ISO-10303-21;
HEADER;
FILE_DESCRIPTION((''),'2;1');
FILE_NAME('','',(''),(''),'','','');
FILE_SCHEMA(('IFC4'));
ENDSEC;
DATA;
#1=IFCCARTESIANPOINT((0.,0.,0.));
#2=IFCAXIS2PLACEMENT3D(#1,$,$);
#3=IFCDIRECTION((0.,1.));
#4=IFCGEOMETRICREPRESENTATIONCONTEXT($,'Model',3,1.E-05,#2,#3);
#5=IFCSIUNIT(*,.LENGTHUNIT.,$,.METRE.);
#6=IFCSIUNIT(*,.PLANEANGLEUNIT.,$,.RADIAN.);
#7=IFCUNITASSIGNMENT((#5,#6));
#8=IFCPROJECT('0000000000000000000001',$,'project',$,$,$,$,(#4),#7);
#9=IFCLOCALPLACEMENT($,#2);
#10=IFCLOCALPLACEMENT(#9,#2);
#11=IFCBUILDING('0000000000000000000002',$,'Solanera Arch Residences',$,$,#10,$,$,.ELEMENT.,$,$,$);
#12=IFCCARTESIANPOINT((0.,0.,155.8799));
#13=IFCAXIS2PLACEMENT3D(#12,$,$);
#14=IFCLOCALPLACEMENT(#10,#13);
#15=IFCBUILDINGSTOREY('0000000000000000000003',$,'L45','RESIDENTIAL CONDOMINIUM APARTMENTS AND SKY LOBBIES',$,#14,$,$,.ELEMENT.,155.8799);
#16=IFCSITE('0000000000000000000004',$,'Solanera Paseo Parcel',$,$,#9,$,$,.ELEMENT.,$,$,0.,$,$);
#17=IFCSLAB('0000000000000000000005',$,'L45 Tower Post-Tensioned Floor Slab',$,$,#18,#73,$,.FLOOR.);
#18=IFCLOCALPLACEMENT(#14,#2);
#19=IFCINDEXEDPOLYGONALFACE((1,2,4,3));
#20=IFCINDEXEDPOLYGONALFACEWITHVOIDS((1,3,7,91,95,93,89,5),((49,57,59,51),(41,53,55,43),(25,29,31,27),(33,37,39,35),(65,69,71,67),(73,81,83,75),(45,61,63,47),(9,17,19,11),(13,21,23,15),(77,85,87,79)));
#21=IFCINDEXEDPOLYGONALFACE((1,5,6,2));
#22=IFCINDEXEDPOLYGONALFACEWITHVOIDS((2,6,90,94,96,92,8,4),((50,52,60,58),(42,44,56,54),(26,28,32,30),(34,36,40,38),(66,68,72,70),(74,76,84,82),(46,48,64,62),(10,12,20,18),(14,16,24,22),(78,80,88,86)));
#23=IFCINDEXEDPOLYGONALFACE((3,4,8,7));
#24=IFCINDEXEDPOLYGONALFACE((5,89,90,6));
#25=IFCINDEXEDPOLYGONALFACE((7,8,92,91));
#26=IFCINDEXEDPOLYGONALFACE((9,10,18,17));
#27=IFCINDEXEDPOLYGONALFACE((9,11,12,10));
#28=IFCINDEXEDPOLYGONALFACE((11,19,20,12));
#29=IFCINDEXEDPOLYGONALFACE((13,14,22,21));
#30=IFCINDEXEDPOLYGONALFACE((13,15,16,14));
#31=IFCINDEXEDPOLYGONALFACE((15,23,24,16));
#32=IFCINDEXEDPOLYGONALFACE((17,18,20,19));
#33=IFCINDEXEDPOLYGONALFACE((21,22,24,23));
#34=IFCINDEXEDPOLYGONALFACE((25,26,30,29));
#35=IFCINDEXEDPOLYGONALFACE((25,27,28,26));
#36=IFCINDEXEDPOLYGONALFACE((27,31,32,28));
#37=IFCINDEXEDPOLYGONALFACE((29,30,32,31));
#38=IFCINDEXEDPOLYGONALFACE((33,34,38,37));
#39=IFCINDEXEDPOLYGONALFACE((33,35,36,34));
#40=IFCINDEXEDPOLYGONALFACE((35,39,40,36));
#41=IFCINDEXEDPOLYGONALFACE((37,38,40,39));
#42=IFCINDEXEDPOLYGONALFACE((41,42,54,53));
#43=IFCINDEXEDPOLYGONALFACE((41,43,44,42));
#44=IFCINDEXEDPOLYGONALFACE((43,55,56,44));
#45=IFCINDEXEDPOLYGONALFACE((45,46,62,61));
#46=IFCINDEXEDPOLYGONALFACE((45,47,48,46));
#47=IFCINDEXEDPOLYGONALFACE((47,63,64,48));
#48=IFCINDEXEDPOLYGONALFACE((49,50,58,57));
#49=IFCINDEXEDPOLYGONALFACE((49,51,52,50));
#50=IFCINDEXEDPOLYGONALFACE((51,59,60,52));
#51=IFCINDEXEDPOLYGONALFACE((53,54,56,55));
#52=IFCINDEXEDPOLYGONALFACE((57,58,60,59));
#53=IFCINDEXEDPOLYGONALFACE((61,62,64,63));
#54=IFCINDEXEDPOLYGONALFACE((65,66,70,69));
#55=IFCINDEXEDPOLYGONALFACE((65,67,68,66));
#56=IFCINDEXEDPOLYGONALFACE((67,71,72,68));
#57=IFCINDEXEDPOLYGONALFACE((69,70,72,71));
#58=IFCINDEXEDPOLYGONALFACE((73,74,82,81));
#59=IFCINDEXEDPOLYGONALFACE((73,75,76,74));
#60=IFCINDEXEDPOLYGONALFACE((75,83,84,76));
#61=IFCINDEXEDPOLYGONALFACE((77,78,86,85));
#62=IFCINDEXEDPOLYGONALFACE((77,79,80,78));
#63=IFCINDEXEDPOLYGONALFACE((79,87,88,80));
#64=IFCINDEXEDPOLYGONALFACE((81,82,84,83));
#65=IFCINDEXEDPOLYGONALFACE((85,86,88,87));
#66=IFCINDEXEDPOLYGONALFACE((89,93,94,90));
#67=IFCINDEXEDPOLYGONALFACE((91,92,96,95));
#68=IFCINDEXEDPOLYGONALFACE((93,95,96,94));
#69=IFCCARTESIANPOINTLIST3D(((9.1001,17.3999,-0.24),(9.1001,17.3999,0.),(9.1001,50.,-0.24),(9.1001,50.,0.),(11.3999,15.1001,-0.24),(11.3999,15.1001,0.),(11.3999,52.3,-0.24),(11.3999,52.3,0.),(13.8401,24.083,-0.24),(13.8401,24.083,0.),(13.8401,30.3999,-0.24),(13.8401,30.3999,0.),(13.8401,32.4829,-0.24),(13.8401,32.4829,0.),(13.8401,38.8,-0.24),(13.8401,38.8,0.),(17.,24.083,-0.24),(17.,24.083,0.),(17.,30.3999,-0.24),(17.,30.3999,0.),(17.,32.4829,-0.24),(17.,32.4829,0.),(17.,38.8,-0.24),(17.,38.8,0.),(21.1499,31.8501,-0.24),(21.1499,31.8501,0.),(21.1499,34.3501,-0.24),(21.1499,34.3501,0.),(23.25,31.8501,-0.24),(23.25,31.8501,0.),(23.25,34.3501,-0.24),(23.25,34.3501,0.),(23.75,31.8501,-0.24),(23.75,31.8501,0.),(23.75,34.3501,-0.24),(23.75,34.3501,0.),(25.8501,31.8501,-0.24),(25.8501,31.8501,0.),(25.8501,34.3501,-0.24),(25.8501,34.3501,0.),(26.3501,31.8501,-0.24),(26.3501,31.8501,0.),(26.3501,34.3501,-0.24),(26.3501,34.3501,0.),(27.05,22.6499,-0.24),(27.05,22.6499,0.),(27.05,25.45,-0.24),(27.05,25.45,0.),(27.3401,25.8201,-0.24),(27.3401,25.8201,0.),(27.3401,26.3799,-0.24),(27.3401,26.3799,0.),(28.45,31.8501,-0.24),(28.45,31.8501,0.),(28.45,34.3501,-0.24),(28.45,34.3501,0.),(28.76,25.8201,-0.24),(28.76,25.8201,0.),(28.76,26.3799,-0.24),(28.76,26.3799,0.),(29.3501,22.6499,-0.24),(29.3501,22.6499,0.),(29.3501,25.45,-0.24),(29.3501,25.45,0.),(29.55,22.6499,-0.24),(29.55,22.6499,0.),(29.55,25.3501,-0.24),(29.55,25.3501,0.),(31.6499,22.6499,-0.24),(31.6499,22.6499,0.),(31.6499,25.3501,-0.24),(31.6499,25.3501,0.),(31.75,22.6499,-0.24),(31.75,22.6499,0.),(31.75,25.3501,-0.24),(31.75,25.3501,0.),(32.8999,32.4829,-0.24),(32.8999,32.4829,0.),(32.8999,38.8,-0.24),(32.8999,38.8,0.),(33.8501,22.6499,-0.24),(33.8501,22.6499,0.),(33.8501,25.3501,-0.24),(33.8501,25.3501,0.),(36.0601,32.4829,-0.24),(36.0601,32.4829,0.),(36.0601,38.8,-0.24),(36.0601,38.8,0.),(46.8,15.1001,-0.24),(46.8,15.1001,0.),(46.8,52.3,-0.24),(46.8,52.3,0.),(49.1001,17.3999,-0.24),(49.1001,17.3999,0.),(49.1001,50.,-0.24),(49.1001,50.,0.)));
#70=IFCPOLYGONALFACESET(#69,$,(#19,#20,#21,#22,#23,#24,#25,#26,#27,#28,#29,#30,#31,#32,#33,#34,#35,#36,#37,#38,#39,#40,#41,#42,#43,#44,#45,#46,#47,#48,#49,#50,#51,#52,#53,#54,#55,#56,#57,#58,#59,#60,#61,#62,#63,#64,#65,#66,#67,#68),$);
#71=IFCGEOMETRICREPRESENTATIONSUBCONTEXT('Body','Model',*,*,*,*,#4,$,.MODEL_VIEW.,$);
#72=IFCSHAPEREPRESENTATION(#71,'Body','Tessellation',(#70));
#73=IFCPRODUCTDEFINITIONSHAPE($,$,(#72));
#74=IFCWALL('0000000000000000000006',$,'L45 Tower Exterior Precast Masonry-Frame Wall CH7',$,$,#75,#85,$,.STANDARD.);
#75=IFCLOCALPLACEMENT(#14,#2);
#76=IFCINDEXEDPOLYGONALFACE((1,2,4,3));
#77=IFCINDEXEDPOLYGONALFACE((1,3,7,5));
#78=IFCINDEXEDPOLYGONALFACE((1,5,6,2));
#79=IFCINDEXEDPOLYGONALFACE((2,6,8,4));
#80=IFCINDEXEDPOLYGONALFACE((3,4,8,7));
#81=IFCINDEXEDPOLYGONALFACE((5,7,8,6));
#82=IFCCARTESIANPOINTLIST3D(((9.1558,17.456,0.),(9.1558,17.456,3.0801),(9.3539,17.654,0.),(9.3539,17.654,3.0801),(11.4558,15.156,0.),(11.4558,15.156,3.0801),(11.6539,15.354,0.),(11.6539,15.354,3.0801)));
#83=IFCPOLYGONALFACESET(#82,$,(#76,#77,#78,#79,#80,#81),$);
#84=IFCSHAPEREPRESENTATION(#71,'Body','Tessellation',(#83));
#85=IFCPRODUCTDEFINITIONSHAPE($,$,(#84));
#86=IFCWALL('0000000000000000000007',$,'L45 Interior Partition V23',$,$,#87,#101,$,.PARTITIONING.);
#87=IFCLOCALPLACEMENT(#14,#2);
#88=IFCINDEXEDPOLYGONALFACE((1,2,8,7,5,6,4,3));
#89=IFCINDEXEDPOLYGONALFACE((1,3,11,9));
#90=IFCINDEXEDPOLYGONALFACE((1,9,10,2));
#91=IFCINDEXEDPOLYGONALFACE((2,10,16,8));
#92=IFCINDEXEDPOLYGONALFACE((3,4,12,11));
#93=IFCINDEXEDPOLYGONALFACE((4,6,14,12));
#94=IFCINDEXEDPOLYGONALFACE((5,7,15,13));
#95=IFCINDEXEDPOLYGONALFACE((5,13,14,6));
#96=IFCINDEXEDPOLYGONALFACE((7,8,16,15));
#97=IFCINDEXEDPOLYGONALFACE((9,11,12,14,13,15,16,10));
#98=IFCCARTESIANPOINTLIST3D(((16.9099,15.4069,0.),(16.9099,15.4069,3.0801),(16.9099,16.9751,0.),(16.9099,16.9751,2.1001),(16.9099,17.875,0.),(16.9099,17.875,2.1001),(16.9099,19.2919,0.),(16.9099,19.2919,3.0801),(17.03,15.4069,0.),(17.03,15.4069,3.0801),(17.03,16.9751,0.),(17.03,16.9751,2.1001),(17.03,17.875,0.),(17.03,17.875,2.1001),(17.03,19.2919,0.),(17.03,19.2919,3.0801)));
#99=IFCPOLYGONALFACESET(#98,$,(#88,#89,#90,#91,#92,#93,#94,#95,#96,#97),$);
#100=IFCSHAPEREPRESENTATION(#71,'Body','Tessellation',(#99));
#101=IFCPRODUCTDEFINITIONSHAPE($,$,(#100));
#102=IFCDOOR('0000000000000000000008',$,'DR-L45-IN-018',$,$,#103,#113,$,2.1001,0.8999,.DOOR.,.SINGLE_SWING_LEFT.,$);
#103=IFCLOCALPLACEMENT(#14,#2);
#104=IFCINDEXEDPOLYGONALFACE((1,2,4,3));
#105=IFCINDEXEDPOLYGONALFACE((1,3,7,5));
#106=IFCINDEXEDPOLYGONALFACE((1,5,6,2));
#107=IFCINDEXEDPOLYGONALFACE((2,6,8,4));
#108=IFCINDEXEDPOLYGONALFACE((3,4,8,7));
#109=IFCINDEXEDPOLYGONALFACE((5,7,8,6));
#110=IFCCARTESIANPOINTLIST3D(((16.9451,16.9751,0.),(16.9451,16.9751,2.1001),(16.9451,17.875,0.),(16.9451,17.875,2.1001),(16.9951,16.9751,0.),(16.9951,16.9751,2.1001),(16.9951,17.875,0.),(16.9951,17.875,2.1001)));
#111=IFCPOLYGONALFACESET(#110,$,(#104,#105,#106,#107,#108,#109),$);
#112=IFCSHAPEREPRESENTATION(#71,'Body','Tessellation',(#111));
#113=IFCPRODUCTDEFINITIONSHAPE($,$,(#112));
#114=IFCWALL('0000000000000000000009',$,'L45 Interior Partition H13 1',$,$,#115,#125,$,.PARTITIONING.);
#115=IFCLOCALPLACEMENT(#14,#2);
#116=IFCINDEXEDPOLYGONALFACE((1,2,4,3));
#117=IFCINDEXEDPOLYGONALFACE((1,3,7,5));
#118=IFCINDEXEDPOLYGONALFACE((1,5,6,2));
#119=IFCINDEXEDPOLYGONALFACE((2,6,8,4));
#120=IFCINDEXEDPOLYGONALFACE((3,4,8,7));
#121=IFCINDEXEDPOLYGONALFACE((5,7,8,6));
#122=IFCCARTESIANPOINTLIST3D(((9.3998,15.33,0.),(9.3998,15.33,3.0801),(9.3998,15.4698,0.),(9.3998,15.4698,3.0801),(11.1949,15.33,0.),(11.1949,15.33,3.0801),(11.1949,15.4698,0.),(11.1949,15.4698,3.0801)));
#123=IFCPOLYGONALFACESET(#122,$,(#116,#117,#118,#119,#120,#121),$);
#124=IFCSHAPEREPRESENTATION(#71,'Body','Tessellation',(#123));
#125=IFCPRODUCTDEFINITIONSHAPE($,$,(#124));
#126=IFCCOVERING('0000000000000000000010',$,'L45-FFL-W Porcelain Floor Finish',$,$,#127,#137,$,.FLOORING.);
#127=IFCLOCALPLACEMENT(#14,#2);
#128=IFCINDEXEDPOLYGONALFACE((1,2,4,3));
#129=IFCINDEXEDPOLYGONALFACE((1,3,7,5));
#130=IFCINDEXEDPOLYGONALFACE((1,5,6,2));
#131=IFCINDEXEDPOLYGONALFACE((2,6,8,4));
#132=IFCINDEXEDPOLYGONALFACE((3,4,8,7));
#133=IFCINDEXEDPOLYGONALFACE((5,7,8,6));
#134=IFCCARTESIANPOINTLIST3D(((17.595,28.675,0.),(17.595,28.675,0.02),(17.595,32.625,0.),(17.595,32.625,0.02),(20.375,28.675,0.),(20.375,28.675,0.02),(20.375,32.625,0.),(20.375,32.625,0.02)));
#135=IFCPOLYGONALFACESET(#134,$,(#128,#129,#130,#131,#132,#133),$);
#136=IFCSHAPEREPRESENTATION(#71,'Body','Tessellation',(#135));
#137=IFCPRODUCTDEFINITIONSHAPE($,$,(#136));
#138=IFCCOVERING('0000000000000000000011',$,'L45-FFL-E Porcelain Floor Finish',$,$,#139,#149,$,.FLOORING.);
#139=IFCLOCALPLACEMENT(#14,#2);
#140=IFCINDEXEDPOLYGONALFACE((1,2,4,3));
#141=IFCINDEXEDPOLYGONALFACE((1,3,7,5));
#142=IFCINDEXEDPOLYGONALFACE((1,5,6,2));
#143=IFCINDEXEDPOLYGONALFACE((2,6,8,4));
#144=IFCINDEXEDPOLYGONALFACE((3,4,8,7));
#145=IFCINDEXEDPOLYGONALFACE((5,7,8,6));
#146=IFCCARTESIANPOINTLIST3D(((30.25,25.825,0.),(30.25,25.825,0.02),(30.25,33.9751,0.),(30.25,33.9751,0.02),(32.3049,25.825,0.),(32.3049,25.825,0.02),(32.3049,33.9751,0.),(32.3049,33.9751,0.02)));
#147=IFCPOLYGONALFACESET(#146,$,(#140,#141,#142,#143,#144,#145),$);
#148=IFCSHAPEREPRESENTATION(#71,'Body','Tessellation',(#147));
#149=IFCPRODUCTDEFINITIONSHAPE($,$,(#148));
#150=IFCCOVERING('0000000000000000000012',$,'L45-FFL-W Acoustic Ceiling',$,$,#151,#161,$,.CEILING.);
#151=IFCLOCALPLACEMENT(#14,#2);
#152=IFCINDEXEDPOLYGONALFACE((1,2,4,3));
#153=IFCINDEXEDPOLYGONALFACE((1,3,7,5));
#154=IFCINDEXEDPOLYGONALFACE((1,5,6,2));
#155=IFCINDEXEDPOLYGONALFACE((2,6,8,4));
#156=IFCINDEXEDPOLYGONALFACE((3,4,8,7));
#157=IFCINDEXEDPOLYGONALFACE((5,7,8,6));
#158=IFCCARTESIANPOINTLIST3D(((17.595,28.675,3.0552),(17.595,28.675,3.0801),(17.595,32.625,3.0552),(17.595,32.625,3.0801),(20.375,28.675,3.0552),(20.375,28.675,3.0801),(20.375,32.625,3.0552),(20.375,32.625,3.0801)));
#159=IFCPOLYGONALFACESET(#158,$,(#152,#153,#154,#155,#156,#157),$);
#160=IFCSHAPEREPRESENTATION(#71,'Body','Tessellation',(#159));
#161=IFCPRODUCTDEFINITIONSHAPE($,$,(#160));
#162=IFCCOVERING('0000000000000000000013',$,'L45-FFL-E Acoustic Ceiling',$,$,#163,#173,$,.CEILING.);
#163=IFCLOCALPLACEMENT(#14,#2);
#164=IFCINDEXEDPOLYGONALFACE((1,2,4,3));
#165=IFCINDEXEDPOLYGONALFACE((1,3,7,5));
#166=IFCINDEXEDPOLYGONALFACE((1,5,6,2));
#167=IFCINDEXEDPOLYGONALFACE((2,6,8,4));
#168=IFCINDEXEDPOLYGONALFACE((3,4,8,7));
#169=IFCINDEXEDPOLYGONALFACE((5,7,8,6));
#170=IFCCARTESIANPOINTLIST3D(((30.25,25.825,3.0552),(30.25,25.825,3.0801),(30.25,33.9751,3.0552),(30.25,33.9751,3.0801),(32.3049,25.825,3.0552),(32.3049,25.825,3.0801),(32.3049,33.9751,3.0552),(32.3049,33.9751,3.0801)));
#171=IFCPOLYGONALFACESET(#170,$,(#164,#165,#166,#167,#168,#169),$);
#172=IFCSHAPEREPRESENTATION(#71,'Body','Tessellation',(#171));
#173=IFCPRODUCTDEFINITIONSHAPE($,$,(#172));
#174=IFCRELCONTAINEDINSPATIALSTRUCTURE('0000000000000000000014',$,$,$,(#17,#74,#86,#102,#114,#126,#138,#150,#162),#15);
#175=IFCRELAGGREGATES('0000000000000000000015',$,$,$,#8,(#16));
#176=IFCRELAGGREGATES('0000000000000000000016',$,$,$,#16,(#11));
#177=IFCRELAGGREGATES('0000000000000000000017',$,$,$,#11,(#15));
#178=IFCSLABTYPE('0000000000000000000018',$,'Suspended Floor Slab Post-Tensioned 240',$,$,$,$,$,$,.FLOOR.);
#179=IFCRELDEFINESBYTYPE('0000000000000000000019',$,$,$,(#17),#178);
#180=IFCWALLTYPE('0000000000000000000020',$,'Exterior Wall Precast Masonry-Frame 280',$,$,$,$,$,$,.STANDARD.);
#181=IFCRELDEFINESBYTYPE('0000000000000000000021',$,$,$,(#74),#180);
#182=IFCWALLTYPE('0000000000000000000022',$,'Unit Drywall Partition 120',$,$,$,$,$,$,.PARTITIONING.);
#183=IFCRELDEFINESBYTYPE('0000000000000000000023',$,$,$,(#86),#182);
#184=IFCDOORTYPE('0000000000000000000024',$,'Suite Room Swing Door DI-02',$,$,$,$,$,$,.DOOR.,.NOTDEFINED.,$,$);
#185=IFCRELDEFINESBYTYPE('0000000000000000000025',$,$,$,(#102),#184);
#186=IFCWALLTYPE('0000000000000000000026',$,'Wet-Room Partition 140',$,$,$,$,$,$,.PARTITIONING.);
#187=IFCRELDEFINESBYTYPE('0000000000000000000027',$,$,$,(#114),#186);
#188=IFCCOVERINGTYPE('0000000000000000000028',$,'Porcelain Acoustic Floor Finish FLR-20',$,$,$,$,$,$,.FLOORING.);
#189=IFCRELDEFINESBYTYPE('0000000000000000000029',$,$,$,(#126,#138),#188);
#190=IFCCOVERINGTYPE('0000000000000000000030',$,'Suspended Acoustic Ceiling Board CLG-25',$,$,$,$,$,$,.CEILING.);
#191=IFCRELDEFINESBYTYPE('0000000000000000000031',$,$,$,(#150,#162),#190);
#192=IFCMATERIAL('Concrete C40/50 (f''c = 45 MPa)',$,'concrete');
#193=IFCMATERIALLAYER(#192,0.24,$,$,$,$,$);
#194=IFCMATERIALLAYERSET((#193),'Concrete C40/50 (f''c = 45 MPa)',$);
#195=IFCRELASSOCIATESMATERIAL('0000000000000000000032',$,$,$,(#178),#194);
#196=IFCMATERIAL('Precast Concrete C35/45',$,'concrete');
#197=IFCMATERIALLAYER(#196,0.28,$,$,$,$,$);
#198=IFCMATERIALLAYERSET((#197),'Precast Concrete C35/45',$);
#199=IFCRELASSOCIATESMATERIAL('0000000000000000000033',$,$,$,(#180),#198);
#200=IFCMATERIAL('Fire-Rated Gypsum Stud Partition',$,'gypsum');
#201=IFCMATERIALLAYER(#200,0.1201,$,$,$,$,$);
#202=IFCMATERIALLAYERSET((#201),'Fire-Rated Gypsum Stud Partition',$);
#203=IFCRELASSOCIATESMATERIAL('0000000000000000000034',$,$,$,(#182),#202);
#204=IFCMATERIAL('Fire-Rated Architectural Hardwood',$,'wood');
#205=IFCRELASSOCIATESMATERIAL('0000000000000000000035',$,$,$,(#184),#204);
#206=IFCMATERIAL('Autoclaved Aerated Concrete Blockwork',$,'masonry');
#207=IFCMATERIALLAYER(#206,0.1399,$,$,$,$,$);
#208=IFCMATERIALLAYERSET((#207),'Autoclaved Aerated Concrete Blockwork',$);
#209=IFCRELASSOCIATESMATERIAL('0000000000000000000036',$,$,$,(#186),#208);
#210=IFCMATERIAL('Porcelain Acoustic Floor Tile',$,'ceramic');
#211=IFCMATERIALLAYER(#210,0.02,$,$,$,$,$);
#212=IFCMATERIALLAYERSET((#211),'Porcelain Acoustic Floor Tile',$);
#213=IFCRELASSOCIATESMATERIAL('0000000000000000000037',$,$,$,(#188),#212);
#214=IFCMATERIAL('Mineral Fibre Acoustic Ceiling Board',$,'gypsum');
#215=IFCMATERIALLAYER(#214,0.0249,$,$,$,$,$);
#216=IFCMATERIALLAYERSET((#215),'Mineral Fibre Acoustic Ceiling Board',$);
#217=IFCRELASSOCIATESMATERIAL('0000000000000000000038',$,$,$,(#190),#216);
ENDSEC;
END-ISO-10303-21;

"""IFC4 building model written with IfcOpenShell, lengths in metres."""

from ifc_helpers import new_model, si_unit, direction, frame, frame_2d, origin, place, context, subcontext, project, spatial, polyline, rectangle, outline, extrude, material, layer, layer_set, type_object, element, fill, save


model = new_model("IFC4")

# Units and contexts
model_context = context("Model", 3, precision=1e-05, world=origin(), true_north=direction((0.0, 1.0)))
body_context = subcontext(model_context, "Body", "Model", "MODEL_VIEW")
ifc_project = project(units=[si_unit("LENGTHUNIT", "METRE"), si_unit("PLANEANGLEUNIT", "RADIAN")], contexts=[model_context])

# Site, building, storey
site_placement = place(None, origin())
site = spatial("IfcSite", under=ifc_project, at=site_placement, Name="Solanera Paseo Parcel", CompositionType="ELEMENT", RefElevation=0.0)
building_placement = place(site_placement, origin())
building = spatial("IfcBuilding", under=site, at=building_placement, Name="Solanera Arch Residences", CompositionType="ELEMENT")
storey_placement = place(building_placement, frame((0.0, 0.0, 155.8799)))
storey = spatial("IfcBuildingStorey", under=building, at=storey_placement, Name="L45", Description="RESIDENTIAL CONDOMINIUM APARTMENTS AND SKY LOBBIES", CompositionType="ELEMENT", Elevation=155.8799)

# Slab
ifc_material_1 = material(Name="Concrete C40/50 (f'c = 45 MPa)", Category="concrete")
ifc_layer_1 = layer(ifc_material_1, 0.24)
ifc_layer_set_1 = layer_set([ifc_layer_1], Name="Concrete C40/50 (f'c = 45 MPa)")
slab_type_1 = type_object("IfcSlabType", Name="Suspended Floor Slab Post-Tensioned 240", PredefinedType="FLOOR", material=ifc_layer_set_1)
slab_1_placement = place(storey_placement, frame((0.0, 0.0, -0.24)))
element("IfcSlab", 1, at=slab_1_placement, inside=storey, type_object=slab_type_1, Name="L45 Tower Post-Tensioned Floor Slab", PredefinedType="FLOOR", context=body_context, shape_type="SweptSolid", body=[
    extrude(outline(polyline([(11.3999, 15.1001), (46.8, 15.1001), (49.1001, 17.3999), (49.1001, 50.0), (46.8, 52.3), (11.3999, 52.3), (9.1001, 50.0), (9.1001, 17.3999), (11.3999, 15.1001)]), holes=[polyline([(13.8401, 32.4829), (13.8401, 38.8), (17.0, 38.8), (17.0, 32.4829), (13.8401, 32.4829)]), polyline([(32.8999, 32.4829), (32.8999, 38.8), (36.0601, 38.8), (36.0601, 32.4829), (32.8999, 32.4829)]), polyline([(13.8401, 24.083), (13.8401, 30.3999), (17.0, 30.3999), (17.0, 24.083), (13.8401, 24.083)]), polyline([(21.1499, 34.3501), (23.25, 34.3501), (23.25, 31.8501), (21.1499, 31.8501), (21.1499, 34.3501)]), polyline([(23.75, 34.3501), (25.8501, 34.3501), (25.8501, 31.8501), (23.75, 31.8501), (23.75, 34.3501)]), polyline([(26.3501, 34.3501), (28.45, 34.3501), (28.45, 31.8501), (26.3501, 31.8501), (26.3501, 34.3501)]), polyline([(29.55, 25.3501), (31.6499, 25.3501), (31.6499, 22.6499), (29.55, 22.6499), (29.55, 25.3501)]), polyline([(31.75, 25.3501), (33.8501, 25.3501), (33.8501, 22.6499), (31.75, 22.6499), (31.75, 25.3501)]), polyline([(27.05, 25.45), (29.3501, 25.45), (29.3501, 22.6499), (27.05, 22.6499), (27.05, 25.45)]), polyline([(27.3401, 26.3799), (28.76, 26.3799), (28.76, 25.8201), (27.3401, 25.8201), (27.3401, 26.3799)])]), origin(), (0.0, 0.0, 1.0), 0.24),
])

# Wall
ifc_material_2 = material(Name="Precast Concrete C35/45", Category="concrete")
ifc_layer_2 = layer(ifc_material_2, 0.28)
ifc_layer_set_2 = layer_set([ifc_layer_2], Name="Precast Concrete C35/45")
wall_type_1 = type_object("IfcWallType", Name="Exterior Wall Precast Masonry-Frame 280", PredefinedType="STANDARD", material=ifc_layer_set_2)
wall_1_placement = place(storey_placement, frame((11.5549, 15.2549, 0.0), z_axis=(0.0, 0.0, 1.0), x_axis=(-0.707107, 0.707107, 0.0)))
element("IfcWall", 2, at=wall_1_placement, inside=storey, type_object=wall_type_1, Name="L45 Tower Exterior Precast Masonry-Frame Wall CH7", PredefinedType="STANDARD", context=body_context, shape_type="SweptSolid", body=[
    extrude(rectangle(XDim=3.2527, YDim=0.28, at=frame_2d((1.6265, 0.0))), origin(), (0.0, 0.0, 1.0), 3.0801),
])

# Wall, opening, door
ifc_material_3 = material(Name="Fire-Rated Gypsum Stud Partition", Category="gypsum")
ifc_layer_3 = layer(ifc_material_3, 0.1201)
ifc_layer_set_3 = layer_set([ifc_layer_3], Name="Fire-Rated Gypsum Stud Partition")
wall_type_2 = type_object("IfcWallType", Name="Unit Drywall Partition 120", PredefinedType="PARTITIONING", material=ifc_layer_set_3)
wall_2_placement = place(storey_placement, frame((16.97, 15.407, 0.0), z_axis=(0.0, 0.0, 1.0), x_axis=(0.0, 1.0, 0.0)))
wall_2 = element("IfcWall", 3, at=wall_2_placement, inside=storey, type_object=wall_type_2, Name="L45 Interior Partition V23", PredefinedType="PARTITIONING", context=body_context, shape_type="SweptSolid", body=[
    extrude(rectangle(XDim=3.885, YDim=0.1201, at=frame_2d((1.9424, 0.0))), origin(), (0.0, 0.0, 1.0), 3.0801),
])
opening_placement = place(wall_2_placement, frame((1.5681, 0.0, 0.0)))
opening = element("IfcOpeningElement", 4, at=opening_placement, cuts=wall_2, PredefinedType="OPENING", context=body_context, shape_type="SweptSolid", body=[
    extrude(rectangle(XDim=0.8999, YDim=2.1001, at=frame_2d((0.45, 1.05))), frame((0.0, 0.0701, 0.0), z_axis=(0.0, -1.0, 0.0), x_axis=(1.0, 0.0, 0.0)), (0.0, 0.0, 1.0), 0.1401),
])
ifc_material_4 = material(Name="Fire-Rated Architectural Hardwood", Category="wood")
door_type = type_object("IfcDoorType", Name="Suite Room Swing Door DI-02", OperationType="NOTDEFINED", PredefinedType="DOOR", material=ifc_material_4)
door_placement = place(opening_placement, origin())
door = element("IfcDoor", 5, at=door_placement, inside=storey, type_object=door_type, Name="DR-L45-IN-018", OperationType="SINGLE_SWING_LEFT", OverallHeight=2.1001, OverallWidth=0.8999, PredefinedType="DOOR", context=body_context, shape_type="SweptSolid", body=[
    extrude(rectangle(XDim=0.8999, YDim=2.1001, at=frame_2d((0.45, 1.05))), frame((0.0, 0.0249, 0.0), z_axis=(0.0, -1.0, 0.0), x_axis=(1.0, 0.0, 0.0)), (0.0, 0.0, 1.0), 0.05),
])
fill(opening, door)

# Wall
ifc_material_5 = material(Name="Autoclaved Aerated Concrete Blockwork", Category="masonry")
ifc_layer_4 = layer(ifc_material_5, 0.1399)
ifc_layer_set_4 = layer_set([ifc_layer_4], Name="Autoclaved Aerated Concrete Blockwork")
wall_type_3 = type_object("IfcWallType", Name="Wet-Room Partition 140", PredefinedType="PARTITIONING", material=ifc_layer_set_4)
wall_3_placement = place(storey_placement, frame((9.3999, 15.3999, 0.0), z_axis=(0.0, 0.0, 1.0), x_axis=(1.0, 0.0, 0.0)))
element("IfcWall", 6, at=wall_3_placement, inside=storey, type_object=wall_type_3, Name="L45 Interior Partition H13 1", PredefinedType="PARTITIONING", context=body_context, shape_type="SweptSolid", body=[
    extrude(rectangle(XDim=1.7952, YDim=0.1399, at=frame_2d((0.8975, 0.0))), origin(), (0.0, 0.0, 1.0), 3.0801),
])

# Coverings
ifc_material_6 = material(Name="Porcelain Acoustic Floor Tile", Category="ceramic")
ifc_layer_5 = layer(ifc_material_6, 0.02)
ifc_layer_set_5 = layer_set([ifc_layer_5], Name="Porcelain Acoustic Floor Tile")
covering_type_1 = type_object("IfcCoveringType", Name="Porcelain Acoustic Floor Finish FLR-20", PredefinedType="FLOORING", material=ifc_layer_set_5)
covering_1_placement = place(storey_placement, origin())
element("IfcCovering", 7, at=covering_1_placement, inside=storey, type_object=covering_type_1, Name="L45-FFL-W Porcelain Floor Finish", PredefinedType="FLOORING", context=body_context, shape_type="SweptSolid", body=[
    extrude(outline(polyline([(20.375, 28.675), (17.595, 28.675), (17.595, 32.625), (20.375, 32.625), (20.375, 28.675)])), origin(), (0.0, 0.0, 1.0), 0.02),
])
covering_2_placement = place(storey_placement, origin())
element("IfcCovering", 8, at=covering_2_placement, inside=storey, type_object=covering_type_1, Name="L45-FFL-E Porcelain Floor Finish", PredefinedType="FLOORING", context=body_context, shape_type="SweptSolid", body=[
    extrude(outline(polyline([(32.3049, 25.825), (30.25, 25.825), (30.25, 33.9751), (32.3049, 33.9751), (32.3049, 25.825)])), origin(), (0.0, 0.0, 1.0), 0.02),
])
ifc_material_7 = material(Name="Mineral Fibre Acoustic Ceiling Board", Category="gypsum")
ifc_layer_6 = layer(ifc_material_7, 0.0249)
ifc_layer_set_6 = layer_set([ifc_layer_6], Name="Mineral Fibre Acoustic Ceiling Board")
covering_type_2 = type_object("IfcCoveringType", Name="Suspended Acoustic Ceiling Board CLG-25", PredefinedType="CEILING", material=ifc_layer_set_6)
covering_3_placement = place(storey_placement, frame((0.0, 0.0, 3.0552)))
element("IfcCovering", 9, at=covering_3_placement, inside=storey, type_object=covering_type_2, Name="L45-FFL-W Acoustic Ceiling", PredefinedType="CEILING", context=body_context, shape_type="SweptSolid", body=[
    extrude(outline(polyline([(20.375, 28.675), (17.595, 28.675), (17.595, 32.625), (20.375, 32.625), (20.375, 28.675)])), origin(), (0.0, 0.0, 1.0), 0.0249),
])
covering_4_placement = place(storey_placement, frame((0.0, 0.0, 3.0552)))
element("IfcCovering", 10, at=covering_4_placement, inside=storey, type_object=covering_type_2, Name="L45-FFL-E Acoustic Ceiling", PredefinedType="CEILING", context=body_context, shape_type="SweptSolid", body=[
    extrude(outline(polyline([(32.3049, 25.825), (30.25, 25.825), (30.25, 33.9751), (32.3049, 33.9751), (32.3049, 25.825)])), origin(), (0.0, 0.0, 1.0), 0.0249),
])

save(model, "model.ifc")
